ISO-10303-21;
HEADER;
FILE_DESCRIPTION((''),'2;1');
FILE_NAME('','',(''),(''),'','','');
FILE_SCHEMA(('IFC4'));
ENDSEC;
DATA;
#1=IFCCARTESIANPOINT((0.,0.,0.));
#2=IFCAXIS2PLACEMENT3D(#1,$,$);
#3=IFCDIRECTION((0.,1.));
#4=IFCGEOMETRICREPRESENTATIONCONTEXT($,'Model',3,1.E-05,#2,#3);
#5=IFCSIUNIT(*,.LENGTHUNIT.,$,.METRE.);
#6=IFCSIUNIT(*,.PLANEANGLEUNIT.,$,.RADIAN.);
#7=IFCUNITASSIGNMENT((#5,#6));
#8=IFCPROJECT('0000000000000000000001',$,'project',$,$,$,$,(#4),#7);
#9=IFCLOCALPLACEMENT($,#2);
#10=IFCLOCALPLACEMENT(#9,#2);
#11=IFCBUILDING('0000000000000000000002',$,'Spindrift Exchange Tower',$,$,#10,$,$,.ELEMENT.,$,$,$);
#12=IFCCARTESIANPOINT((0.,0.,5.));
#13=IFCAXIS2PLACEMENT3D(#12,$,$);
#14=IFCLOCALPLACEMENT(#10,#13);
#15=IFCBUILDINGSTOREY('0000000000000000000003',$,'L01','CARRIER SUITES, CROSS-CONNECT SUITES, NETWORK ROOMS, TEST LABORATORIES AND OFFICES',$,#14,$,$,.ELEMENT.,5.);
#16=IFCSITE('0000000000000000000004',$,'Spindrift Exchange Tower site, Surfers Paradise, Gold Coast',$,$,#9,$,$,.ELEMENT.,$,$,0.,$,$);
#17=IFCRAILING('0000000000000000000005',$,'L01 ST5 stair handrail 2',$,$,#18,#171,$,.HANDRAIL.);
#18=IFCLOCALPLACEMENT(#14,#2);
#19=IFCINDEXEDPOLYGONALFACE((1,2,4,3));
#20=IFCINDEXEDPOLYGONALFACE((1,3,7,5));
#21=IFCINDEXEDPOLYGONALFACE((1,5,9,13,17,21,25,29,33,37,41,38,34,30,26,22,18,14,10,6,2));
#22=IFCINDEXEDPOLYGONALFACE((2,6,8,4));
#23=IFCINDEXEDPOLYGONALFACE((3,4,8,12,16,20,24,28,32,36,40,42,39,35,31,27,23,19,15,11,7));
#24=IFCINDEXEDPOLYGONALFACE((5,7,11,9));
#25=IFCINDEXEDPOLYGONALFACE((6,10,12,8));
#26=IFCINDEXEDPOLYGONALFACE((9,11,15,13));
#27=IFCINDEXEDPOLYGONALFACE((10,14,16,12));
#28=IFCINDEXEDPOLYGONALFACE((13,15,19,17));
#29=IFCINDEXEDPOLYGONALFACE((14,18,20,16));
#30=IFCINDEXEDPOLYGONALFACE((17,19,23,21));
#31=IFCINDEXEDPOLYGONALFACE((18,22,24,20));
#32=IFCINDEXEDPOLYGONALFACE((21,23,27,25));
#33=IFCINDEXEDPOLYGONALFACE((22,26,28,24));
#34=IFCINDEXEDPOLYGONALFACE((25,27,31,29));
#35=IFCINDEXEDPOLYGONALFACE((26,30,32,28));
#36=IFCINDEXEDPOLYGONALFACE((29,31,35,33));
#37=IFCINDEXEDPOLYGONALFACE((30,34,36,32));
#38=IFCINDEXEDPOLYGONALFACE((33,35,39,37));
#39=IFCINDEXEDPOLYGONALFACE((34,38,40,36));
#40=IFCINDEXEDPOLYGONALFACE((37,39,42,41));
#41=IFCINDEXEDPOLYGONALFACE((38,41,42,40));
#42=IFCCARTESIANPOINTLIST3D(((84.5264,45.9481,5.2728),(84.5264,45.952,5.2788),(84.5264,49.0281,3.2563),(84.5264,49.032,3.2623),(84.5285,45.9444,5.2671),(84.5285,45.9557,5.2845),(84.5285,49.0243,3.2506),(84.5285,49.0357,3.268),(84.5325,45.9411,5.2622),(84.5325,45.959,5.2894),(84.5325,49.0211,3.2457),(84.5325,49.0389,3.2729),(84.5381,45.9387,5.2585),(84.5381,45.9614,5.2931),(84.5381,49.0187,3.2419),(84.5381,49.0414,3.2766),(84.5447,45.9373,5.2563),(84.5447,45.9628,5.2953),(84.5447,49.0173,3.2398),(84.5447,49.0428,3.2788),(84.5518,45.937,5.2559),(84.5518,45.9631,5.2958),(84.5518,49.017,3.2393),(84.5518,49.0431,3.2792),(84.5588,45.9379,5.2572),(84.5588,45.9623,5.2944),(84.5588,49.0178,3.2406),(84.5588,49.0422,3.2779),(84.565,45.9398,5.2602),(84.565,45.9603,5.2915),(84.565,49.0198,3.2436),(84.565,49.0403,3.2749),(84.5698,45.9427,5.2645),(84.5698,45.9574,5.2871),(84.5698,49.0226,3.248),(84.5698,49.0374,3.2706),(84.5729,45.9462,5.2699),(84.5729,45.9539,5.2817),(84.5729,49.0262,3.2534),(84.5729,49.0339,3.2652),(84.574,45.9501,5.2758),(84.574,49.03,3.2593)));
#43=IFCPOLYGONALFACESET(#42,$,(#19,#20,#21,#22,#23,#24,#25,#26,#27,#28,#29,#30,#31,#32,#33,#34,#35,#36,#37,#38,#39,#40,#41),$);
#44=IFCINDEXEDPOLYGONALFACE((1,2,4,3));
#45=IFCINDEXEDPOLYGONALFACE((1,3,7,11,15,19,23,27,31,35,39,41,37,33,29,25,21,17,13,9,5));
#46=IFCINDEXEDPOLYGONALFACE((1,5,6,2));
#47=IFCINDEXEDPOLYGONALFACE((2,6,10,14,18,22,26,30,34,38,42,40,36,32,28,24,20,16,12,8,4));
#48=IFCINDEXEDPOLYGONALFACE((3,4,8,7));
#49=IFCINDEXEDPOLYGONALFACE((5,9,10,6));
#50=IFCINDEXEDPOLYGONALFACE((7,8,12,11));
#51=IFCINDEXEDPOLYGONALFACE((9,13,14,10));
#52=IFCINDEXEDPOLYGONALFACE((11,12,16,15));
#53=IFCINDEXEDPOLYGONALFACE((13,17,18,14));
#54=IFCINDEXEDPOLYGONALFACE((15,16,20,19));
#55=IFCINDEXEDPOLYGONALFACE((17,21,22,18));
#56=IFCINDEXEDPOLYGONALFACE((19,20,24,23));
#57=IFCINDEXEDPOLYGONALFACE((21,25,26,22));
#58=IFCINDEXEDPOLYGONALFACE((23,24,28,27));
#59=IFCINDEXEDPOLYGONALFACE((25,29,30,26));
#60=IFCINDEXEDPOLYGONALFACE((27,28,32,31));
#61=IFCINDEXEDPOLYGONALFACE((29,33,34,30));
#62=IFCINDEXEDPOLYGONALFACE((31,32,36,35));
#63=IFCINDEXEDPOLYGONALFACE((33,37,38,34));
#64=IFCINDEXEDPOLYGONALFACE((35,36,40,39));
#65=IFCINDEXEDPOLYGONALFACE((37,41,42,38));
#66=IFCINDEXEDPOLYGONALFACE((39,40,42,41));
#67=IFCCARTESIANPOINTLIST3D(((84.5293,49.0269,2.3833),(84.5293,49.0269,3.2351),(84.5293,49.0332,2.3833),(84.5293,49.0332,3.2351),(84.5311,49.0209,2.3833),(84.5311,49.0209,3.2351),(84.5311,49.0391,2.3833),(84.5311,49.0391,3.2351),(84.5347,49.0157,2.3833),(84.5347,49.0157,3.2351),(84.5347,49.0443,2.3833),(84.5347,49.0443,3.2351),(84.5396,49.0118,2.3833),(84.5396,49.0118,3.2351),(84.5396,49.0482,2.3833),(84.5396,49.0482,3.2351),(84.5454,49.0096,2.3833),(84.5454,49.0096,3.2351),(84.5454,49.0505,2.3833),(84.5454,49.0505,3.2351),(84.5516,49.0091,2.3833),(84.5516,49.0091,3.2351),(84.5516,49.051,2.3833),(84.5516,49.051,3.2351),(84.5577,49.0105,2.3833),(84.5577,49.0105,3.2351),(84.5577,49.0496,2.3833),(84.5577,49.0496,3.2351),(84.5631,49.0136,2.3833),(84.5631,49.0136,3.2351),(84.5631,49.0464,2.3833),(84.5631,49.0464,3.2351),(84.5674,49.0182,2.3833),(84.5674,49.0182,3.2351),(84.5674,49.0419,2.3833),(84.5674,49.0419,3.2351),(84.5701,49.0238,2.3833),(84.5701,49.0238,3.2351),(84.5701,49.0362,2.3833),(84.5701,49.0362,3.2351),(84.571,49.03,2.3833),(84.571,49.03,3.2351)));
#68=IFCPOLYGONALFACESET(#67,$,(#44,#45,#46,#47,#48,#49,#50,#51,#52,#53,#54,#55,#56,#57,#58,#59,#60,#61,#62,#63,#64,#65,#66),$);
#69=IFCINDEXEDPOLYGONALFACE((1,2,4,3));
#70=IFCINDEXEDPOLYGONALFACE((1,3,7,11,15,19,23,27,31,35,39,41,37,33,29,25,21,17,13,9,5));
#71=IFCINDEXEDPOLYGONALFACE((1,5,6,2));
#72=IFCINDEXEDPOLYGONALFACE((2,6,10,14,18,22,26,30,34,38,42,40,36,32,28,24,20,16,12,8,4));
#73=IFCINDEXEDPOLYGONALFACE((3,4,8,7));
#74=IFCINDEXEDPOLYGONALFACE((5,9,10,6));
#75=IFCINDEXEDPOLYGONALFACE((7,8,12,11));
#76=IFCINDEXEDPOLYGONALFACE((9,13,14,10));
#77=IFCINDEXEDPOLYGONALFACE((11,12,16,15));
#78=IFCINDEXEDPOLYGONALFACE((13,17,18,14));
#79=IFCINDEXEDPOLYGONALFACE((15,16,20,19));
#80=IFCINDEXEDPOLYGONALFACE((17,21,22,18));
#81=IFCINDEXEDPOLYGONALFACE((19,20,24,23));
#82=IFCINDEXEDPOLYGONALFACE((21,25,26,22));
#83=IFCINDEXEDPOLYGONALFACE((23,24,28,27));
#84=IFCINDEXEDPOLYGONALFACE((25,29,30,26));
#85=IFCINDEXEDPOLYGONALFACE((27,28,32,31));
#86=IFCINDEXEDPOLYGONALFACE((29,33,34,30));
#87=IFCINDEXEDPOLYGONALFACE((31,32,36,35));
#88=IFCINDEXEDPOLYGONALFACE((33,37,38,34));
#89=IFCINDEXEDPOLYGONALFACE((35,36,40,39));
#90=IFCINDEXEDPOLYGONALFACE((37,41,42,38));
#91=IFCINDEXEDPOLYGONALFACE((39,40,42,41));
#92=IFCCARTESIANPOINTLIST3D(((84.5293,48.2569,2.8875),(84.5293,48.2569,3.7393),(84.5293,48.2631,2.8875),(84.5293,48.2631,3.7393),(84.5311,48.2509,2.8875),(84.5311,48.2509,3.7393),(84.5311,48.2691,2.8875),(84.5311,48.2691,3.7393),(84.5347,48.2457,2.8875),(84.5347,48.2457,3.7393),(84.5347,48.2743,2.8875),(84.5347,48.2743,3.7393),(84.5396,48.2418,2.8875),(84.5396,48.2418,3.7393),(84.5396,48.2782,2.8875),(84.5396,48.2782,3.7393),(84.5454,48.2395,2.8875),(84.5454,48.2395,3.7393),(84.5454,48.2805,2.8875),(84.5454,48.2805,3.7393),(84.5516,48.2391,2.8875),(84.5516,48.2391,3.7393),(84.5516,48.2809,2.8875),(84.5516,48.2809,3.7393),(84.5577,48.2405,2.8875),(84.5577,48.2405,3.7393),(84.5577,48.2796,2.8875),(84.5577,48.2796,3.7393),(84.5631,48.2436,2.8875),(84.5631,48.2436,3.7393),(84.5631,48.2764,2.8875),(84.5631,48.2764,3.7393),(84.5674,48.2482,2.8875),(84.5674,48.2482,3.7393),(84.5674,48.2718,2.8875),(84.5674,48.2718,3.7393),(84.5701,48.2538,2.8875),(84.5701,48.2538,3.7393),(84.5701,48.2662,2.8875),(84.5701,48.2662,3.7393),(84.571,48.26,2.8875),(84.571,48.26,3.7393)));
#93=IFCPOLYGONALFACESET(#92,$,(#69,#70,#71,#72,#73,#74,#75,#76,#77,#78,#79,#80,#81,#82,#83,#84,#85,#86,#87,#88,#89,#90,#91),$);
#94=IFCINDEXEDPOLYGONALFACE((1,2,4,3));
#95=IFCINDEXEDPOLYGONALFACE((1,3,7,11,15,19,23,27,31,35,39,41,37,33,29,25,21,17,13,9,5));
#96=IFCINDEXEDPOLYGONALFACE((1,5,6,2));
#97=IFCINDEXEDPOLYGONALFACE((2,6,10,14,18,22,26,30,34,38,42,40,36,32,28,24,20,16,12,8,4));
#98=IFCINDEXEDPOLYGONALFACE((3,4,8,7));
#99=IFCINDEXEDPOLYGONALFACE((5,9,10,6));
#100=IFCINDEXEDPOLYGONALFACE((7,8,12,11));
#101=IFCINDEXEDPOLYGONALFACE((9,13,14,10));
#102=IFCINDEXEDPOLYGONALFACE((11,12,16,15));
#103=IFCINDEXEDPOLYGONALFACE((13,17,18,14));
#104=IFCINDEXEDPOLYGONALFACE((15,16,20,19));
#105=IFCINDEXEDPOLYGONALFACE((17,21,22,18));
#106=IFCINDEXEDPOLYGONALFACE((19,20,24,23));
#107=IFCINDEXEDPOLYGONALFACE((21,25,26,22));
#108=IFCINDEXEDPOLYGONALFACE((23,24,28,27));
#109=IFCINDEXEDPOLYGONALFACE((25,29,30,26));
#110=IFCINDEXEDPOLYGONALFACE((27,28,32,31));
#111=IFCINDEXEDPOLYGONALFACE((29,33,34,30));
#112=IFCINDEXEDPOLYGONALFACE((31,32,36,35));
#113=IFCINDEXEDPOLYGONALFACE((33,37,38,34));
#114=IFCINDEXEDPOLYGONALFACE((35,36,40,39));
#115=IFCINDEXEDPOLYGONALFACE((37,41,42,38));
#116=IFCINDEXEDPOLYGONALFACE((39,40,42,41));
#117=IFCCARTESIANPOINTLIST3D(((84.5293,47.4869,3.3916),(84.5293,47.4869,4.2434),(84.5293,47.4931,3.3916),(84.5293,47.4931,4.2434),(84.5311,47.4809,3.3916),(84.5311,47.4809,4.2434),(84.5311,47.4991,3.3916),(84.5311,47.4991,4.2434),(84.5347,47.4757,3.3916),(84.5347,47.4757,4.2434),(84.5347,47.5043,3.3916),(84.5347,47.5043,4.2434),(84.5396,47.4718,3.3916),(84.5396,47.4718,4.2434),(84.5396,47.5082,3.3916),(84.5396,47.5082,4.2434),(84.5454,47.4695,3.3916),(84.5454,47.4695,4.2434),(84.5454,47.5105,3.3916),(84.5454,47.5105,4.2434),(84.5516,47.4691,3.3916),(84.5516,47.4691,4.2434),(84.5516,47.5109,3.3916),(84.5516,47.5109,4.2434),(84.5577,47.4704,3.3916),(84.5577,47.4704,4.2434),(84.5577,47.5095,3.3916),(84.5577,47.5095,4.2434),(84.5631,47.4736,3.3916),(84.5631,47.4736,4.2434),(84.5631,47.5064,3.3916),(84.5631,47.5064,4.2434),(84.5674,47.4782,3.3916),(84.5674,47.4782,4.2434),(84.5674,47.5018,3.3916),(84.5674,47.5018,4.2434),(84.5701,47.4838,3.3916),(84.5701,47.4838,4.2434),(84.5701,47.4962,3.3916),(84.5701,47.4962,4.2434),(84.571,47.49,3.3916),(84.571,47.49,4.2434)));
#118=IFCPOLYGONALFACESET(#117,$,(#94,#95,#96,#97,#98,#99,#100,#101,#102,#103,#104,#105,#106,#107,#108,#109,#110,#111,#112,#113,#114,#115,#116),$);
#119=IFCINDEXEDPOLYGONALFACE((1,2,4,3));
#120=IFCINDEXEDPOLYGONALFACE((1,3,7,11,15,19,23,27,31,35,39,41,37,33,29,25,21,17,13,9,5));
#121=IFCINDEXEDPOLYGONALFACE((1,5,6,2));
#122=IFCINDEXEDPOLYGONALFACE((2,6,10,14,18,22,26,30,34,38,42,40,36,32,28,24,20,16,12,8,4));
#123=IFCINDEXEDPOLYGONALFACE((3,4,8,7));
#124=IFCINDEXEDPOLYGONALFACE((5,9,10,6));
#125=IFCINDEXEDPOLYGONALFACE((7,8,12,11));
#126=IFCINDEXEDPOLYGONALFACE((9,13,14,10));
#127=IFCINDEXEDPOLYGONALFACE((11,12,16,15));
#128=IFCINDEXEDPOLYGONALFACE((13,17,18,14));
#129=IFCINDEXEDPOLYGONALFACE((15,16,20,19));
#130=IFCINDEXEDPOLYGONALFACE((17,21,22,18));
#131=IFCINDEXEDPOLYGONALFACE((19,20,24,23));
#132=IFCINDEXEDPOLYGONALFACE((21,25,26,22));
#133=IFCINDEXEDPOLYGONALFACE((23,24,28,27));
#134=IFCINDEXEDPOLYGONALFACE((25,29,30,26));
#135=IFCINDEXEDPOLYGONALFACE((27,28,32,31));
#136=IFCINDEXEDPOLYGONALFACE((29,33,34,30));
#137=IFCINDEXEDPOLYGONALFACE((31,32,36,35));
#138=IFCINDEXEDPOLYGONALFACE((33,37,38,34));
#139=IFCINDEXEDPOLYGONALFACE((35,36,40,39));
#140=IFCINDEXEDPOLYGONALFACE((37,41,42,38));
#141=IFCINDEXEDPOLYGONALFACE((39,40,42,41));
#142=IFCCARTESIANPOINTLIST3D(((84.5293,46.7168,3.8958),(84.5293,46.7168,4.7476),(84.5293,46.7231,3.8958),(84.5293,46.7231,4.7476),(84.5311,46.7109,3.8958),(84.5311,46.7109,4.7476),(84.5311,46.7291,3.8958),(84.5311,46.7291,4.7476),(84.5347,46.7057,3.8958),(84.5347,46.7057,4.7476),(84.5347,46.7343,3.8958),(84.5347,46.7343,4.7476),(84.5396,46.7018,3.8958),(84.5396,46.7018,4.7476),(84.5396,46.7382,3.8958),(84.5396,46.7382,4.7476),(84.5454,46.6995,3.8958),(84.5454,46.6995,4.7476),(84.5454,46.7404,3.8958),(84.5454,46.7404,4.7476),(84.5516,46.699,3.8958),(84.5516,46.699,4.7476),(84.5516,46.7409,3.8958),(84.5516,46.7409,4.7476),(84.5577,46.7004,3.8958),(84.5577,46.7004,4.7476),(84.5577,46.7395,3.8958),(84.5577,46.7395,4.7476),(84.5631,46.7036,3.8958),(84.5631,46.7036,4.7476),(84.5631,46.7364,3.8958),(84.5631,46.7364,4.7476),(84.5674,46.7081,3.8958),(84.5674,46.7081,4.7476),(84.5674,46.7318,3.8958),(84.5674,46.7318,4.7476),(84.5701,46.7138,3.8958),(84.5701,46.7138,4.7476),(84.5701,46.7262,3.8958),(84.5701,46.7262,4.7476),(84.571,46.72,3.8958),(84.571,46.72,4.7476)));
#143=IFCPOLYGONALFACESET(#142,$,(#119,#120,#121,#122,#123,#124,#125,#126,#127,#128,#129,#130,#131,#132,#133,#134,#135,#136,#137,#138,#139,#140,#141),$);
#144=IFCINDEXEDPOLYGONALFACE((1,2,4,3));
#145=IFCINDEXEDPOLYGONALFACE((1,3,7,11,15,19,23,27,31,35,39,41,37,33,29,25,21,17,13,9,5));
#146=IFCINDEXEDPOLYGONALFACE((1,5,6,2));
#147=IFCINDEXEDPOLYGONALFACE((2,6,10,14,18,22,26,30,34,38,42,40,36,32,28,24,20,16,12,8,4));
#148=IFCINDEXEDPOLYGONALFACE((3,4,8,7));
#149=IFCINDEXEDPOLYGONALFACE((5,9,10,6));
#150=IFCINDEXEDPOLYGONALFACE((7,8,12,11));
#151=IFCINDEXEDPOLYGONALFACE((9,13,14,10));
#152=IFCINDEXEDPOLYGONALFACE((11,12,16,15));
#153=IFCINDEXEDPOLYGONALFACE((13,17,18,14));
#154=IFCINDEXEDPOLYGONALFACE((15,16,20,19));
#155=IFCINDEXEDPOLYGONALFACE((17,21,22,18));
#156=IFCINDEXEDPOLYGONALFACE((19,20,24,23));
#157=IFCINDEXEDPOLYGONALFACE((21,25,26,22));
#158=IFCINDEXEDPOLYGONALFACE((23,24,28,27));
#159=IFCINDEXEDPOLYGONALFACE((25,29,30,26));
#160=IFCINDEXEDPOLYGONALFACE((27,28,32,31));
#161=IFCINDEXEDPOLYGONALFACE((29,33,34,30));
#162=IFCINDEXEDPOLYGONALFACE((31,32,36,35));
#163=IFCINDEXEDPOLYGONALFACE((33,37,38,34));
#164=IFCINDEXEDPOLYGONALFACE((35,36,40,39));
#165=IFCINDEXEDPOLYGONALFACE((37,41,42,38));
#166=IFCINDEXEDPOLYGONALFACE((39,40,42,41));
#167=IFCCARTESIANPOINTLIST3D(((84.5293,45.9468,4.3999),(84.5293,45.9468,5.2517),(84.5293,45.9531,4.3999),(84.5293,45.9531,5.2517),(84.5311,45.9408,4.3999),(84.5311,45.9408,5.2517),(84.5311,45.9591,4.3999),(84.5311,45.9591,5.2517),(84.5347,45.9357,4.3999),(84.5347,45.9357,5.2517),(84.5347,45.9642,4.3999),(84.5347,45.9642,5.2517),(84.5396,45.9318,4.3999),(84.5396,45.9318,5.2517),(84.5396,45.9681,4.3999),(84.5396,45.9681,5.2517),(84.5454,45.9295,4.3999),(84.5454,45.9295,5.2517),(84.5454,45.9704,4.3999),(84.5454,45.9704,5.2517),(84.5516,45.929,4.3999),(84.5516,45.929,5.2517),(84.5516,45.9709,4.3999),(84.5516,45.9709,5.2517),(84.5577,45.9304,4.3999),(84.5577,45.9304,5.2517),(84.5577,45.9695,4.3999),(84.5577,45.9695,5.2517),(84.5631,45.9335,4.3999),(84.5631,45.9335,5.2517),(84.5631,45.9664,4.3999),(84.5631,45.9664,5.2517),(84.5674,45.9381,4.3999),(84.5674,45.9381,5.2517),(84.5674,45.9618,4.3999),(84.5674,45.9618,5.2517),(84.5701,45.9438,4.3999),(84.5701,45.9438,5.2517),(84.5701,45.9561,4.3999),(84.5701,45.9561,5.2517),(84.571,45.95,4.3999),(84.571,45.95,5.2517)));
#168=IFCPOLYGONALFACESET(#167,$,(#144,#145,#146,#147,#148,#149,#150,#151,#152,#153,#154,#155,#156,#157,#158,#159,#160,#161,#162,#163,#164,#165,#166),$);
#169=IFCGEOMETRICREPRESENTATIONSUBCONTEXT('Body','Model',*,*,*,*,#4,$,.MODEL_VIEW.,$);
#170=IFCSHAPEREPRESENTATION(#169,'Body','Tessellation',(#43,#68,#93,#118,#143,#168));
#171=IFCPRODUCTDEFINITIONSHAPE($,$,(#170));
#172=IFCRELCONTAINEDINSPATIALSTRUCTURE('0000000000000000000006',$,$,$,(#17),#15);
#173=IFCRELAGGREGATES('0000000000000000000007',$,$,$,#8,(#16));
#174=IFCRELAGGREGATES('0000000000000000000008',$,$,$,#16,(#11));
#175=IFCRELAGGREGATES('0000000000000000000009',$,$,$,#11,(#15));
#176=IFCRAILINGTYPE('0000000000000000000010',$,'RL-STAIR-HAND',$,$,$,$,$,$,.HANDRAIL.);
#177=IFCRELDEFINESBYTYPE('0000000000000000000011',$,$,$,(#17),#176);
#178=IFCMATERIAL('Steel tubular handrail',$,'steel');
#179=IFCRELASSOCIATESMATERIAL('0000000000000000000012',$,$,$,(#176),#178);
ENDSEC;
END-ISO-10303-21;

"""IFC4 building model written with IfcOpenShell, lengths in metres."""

from ifc_helpers import new_model, si_unit, direction, frame, origin, origin_2d, place, context, subcontext, project, spatial, circle, extrude, material, type_object, element, save


model = new_model("IFC4")

# Units and contexts
model_context = context("Model", 3, precision=1e-05, world=origin(), true_north=direction((0.0, 1.0)))
body_context = subcontext(model_context, "Body", "Model", "MODEL_VIEW")
ifc_project = project(units=[si_unit("LENGTHUNIT", "METRE"), si_unit("PLANEANGLEUNIT", "RADIAN")], contexts=[model_context])

# Site, building, storey
site_placement = place(None, origin())
site = spatial("IfcSite", under=ifc_project, at=site_placement, Name="Spindrift Exchange Tower site, Surfers Paradise, Gold Coast", CompositionType="ELEMENT", RefElevation=0.0)
building_placement = place(site_placement, origin())
building = spatial("IfcBuilding", under=site, at=building_placement, Name="Spindrift Exchange Tower", CompositionType="ELEMENT")
storey_placement = place(building_placement, frame((0.0, 0.0, 5.0)))
storey = spatial("IfcBuildingStorey", under=building, at=storey_placement, Name="L01", Description="CARRIER SUITES, CROSS-CONNECT SUITES, NETWORK ROOMS, TEST LABORATORIES AND OFFICES", CompositionType="ELEMENT", Elevation=5.0)

# Railing
ifc_material_1 = material(Name="Steel tubular handrail", Category="steel")
railing_type_1 = type_object("IfcRailingType", Name="RL-STAIR-HAND", PredefinedType="HANDRAIL", material=ifc_material_1)
railing_1_placement = place(storey_placement, frame((84.55, 49.03, 2.3833)))
element("IfcRailing", 1, at=railing_1_placement, inside=storey, type_object=railing_type_1, Name="L01 ST5 stair handrail 2", PredefinedType="HANDRAIL", context=body_context, shape_type="SweptSolid", body=[
    extrude(circle(Radius=0.0239, at=origin_2d()), frame((0.0, 0.0, 0.876), z_axis=(0.0, -0.836633, 0.547764), x_axis=(1.0, 0.0, 0.0)), (0.0, 0.0, 1.0), 3.6814),
    extrude(circle(Radius=0.021, at=origin_2d()), origin(), (0.0, 0.0, 1.0), 0.8518),
    extrude(circle(Radius=0.021, at=origin_2d()), frame((0.0, -0.77, 0.5042)), (0.0, 0.0, 1.0), 0.8518),
    extrude(circle(Radius=0.021, at=origin_2d()), frame((0.0, -1.54, 1.0083)), (0.0, 0.0, 1.0), 0.8518),
    extrude(circle(Radius=0.021, at=origin_2d()), frame((0.0, -2.3101, 1.5125)), (0.0, 0.0, 1.0), 0.8518),
    extrude(circle(Radius=0.021, at=origin_2d()), frame((0.0, -3.0801, 2.0166)), (0.0, 0.0, 1.0), 0.8518),
])

save(model, "model.ifc")
